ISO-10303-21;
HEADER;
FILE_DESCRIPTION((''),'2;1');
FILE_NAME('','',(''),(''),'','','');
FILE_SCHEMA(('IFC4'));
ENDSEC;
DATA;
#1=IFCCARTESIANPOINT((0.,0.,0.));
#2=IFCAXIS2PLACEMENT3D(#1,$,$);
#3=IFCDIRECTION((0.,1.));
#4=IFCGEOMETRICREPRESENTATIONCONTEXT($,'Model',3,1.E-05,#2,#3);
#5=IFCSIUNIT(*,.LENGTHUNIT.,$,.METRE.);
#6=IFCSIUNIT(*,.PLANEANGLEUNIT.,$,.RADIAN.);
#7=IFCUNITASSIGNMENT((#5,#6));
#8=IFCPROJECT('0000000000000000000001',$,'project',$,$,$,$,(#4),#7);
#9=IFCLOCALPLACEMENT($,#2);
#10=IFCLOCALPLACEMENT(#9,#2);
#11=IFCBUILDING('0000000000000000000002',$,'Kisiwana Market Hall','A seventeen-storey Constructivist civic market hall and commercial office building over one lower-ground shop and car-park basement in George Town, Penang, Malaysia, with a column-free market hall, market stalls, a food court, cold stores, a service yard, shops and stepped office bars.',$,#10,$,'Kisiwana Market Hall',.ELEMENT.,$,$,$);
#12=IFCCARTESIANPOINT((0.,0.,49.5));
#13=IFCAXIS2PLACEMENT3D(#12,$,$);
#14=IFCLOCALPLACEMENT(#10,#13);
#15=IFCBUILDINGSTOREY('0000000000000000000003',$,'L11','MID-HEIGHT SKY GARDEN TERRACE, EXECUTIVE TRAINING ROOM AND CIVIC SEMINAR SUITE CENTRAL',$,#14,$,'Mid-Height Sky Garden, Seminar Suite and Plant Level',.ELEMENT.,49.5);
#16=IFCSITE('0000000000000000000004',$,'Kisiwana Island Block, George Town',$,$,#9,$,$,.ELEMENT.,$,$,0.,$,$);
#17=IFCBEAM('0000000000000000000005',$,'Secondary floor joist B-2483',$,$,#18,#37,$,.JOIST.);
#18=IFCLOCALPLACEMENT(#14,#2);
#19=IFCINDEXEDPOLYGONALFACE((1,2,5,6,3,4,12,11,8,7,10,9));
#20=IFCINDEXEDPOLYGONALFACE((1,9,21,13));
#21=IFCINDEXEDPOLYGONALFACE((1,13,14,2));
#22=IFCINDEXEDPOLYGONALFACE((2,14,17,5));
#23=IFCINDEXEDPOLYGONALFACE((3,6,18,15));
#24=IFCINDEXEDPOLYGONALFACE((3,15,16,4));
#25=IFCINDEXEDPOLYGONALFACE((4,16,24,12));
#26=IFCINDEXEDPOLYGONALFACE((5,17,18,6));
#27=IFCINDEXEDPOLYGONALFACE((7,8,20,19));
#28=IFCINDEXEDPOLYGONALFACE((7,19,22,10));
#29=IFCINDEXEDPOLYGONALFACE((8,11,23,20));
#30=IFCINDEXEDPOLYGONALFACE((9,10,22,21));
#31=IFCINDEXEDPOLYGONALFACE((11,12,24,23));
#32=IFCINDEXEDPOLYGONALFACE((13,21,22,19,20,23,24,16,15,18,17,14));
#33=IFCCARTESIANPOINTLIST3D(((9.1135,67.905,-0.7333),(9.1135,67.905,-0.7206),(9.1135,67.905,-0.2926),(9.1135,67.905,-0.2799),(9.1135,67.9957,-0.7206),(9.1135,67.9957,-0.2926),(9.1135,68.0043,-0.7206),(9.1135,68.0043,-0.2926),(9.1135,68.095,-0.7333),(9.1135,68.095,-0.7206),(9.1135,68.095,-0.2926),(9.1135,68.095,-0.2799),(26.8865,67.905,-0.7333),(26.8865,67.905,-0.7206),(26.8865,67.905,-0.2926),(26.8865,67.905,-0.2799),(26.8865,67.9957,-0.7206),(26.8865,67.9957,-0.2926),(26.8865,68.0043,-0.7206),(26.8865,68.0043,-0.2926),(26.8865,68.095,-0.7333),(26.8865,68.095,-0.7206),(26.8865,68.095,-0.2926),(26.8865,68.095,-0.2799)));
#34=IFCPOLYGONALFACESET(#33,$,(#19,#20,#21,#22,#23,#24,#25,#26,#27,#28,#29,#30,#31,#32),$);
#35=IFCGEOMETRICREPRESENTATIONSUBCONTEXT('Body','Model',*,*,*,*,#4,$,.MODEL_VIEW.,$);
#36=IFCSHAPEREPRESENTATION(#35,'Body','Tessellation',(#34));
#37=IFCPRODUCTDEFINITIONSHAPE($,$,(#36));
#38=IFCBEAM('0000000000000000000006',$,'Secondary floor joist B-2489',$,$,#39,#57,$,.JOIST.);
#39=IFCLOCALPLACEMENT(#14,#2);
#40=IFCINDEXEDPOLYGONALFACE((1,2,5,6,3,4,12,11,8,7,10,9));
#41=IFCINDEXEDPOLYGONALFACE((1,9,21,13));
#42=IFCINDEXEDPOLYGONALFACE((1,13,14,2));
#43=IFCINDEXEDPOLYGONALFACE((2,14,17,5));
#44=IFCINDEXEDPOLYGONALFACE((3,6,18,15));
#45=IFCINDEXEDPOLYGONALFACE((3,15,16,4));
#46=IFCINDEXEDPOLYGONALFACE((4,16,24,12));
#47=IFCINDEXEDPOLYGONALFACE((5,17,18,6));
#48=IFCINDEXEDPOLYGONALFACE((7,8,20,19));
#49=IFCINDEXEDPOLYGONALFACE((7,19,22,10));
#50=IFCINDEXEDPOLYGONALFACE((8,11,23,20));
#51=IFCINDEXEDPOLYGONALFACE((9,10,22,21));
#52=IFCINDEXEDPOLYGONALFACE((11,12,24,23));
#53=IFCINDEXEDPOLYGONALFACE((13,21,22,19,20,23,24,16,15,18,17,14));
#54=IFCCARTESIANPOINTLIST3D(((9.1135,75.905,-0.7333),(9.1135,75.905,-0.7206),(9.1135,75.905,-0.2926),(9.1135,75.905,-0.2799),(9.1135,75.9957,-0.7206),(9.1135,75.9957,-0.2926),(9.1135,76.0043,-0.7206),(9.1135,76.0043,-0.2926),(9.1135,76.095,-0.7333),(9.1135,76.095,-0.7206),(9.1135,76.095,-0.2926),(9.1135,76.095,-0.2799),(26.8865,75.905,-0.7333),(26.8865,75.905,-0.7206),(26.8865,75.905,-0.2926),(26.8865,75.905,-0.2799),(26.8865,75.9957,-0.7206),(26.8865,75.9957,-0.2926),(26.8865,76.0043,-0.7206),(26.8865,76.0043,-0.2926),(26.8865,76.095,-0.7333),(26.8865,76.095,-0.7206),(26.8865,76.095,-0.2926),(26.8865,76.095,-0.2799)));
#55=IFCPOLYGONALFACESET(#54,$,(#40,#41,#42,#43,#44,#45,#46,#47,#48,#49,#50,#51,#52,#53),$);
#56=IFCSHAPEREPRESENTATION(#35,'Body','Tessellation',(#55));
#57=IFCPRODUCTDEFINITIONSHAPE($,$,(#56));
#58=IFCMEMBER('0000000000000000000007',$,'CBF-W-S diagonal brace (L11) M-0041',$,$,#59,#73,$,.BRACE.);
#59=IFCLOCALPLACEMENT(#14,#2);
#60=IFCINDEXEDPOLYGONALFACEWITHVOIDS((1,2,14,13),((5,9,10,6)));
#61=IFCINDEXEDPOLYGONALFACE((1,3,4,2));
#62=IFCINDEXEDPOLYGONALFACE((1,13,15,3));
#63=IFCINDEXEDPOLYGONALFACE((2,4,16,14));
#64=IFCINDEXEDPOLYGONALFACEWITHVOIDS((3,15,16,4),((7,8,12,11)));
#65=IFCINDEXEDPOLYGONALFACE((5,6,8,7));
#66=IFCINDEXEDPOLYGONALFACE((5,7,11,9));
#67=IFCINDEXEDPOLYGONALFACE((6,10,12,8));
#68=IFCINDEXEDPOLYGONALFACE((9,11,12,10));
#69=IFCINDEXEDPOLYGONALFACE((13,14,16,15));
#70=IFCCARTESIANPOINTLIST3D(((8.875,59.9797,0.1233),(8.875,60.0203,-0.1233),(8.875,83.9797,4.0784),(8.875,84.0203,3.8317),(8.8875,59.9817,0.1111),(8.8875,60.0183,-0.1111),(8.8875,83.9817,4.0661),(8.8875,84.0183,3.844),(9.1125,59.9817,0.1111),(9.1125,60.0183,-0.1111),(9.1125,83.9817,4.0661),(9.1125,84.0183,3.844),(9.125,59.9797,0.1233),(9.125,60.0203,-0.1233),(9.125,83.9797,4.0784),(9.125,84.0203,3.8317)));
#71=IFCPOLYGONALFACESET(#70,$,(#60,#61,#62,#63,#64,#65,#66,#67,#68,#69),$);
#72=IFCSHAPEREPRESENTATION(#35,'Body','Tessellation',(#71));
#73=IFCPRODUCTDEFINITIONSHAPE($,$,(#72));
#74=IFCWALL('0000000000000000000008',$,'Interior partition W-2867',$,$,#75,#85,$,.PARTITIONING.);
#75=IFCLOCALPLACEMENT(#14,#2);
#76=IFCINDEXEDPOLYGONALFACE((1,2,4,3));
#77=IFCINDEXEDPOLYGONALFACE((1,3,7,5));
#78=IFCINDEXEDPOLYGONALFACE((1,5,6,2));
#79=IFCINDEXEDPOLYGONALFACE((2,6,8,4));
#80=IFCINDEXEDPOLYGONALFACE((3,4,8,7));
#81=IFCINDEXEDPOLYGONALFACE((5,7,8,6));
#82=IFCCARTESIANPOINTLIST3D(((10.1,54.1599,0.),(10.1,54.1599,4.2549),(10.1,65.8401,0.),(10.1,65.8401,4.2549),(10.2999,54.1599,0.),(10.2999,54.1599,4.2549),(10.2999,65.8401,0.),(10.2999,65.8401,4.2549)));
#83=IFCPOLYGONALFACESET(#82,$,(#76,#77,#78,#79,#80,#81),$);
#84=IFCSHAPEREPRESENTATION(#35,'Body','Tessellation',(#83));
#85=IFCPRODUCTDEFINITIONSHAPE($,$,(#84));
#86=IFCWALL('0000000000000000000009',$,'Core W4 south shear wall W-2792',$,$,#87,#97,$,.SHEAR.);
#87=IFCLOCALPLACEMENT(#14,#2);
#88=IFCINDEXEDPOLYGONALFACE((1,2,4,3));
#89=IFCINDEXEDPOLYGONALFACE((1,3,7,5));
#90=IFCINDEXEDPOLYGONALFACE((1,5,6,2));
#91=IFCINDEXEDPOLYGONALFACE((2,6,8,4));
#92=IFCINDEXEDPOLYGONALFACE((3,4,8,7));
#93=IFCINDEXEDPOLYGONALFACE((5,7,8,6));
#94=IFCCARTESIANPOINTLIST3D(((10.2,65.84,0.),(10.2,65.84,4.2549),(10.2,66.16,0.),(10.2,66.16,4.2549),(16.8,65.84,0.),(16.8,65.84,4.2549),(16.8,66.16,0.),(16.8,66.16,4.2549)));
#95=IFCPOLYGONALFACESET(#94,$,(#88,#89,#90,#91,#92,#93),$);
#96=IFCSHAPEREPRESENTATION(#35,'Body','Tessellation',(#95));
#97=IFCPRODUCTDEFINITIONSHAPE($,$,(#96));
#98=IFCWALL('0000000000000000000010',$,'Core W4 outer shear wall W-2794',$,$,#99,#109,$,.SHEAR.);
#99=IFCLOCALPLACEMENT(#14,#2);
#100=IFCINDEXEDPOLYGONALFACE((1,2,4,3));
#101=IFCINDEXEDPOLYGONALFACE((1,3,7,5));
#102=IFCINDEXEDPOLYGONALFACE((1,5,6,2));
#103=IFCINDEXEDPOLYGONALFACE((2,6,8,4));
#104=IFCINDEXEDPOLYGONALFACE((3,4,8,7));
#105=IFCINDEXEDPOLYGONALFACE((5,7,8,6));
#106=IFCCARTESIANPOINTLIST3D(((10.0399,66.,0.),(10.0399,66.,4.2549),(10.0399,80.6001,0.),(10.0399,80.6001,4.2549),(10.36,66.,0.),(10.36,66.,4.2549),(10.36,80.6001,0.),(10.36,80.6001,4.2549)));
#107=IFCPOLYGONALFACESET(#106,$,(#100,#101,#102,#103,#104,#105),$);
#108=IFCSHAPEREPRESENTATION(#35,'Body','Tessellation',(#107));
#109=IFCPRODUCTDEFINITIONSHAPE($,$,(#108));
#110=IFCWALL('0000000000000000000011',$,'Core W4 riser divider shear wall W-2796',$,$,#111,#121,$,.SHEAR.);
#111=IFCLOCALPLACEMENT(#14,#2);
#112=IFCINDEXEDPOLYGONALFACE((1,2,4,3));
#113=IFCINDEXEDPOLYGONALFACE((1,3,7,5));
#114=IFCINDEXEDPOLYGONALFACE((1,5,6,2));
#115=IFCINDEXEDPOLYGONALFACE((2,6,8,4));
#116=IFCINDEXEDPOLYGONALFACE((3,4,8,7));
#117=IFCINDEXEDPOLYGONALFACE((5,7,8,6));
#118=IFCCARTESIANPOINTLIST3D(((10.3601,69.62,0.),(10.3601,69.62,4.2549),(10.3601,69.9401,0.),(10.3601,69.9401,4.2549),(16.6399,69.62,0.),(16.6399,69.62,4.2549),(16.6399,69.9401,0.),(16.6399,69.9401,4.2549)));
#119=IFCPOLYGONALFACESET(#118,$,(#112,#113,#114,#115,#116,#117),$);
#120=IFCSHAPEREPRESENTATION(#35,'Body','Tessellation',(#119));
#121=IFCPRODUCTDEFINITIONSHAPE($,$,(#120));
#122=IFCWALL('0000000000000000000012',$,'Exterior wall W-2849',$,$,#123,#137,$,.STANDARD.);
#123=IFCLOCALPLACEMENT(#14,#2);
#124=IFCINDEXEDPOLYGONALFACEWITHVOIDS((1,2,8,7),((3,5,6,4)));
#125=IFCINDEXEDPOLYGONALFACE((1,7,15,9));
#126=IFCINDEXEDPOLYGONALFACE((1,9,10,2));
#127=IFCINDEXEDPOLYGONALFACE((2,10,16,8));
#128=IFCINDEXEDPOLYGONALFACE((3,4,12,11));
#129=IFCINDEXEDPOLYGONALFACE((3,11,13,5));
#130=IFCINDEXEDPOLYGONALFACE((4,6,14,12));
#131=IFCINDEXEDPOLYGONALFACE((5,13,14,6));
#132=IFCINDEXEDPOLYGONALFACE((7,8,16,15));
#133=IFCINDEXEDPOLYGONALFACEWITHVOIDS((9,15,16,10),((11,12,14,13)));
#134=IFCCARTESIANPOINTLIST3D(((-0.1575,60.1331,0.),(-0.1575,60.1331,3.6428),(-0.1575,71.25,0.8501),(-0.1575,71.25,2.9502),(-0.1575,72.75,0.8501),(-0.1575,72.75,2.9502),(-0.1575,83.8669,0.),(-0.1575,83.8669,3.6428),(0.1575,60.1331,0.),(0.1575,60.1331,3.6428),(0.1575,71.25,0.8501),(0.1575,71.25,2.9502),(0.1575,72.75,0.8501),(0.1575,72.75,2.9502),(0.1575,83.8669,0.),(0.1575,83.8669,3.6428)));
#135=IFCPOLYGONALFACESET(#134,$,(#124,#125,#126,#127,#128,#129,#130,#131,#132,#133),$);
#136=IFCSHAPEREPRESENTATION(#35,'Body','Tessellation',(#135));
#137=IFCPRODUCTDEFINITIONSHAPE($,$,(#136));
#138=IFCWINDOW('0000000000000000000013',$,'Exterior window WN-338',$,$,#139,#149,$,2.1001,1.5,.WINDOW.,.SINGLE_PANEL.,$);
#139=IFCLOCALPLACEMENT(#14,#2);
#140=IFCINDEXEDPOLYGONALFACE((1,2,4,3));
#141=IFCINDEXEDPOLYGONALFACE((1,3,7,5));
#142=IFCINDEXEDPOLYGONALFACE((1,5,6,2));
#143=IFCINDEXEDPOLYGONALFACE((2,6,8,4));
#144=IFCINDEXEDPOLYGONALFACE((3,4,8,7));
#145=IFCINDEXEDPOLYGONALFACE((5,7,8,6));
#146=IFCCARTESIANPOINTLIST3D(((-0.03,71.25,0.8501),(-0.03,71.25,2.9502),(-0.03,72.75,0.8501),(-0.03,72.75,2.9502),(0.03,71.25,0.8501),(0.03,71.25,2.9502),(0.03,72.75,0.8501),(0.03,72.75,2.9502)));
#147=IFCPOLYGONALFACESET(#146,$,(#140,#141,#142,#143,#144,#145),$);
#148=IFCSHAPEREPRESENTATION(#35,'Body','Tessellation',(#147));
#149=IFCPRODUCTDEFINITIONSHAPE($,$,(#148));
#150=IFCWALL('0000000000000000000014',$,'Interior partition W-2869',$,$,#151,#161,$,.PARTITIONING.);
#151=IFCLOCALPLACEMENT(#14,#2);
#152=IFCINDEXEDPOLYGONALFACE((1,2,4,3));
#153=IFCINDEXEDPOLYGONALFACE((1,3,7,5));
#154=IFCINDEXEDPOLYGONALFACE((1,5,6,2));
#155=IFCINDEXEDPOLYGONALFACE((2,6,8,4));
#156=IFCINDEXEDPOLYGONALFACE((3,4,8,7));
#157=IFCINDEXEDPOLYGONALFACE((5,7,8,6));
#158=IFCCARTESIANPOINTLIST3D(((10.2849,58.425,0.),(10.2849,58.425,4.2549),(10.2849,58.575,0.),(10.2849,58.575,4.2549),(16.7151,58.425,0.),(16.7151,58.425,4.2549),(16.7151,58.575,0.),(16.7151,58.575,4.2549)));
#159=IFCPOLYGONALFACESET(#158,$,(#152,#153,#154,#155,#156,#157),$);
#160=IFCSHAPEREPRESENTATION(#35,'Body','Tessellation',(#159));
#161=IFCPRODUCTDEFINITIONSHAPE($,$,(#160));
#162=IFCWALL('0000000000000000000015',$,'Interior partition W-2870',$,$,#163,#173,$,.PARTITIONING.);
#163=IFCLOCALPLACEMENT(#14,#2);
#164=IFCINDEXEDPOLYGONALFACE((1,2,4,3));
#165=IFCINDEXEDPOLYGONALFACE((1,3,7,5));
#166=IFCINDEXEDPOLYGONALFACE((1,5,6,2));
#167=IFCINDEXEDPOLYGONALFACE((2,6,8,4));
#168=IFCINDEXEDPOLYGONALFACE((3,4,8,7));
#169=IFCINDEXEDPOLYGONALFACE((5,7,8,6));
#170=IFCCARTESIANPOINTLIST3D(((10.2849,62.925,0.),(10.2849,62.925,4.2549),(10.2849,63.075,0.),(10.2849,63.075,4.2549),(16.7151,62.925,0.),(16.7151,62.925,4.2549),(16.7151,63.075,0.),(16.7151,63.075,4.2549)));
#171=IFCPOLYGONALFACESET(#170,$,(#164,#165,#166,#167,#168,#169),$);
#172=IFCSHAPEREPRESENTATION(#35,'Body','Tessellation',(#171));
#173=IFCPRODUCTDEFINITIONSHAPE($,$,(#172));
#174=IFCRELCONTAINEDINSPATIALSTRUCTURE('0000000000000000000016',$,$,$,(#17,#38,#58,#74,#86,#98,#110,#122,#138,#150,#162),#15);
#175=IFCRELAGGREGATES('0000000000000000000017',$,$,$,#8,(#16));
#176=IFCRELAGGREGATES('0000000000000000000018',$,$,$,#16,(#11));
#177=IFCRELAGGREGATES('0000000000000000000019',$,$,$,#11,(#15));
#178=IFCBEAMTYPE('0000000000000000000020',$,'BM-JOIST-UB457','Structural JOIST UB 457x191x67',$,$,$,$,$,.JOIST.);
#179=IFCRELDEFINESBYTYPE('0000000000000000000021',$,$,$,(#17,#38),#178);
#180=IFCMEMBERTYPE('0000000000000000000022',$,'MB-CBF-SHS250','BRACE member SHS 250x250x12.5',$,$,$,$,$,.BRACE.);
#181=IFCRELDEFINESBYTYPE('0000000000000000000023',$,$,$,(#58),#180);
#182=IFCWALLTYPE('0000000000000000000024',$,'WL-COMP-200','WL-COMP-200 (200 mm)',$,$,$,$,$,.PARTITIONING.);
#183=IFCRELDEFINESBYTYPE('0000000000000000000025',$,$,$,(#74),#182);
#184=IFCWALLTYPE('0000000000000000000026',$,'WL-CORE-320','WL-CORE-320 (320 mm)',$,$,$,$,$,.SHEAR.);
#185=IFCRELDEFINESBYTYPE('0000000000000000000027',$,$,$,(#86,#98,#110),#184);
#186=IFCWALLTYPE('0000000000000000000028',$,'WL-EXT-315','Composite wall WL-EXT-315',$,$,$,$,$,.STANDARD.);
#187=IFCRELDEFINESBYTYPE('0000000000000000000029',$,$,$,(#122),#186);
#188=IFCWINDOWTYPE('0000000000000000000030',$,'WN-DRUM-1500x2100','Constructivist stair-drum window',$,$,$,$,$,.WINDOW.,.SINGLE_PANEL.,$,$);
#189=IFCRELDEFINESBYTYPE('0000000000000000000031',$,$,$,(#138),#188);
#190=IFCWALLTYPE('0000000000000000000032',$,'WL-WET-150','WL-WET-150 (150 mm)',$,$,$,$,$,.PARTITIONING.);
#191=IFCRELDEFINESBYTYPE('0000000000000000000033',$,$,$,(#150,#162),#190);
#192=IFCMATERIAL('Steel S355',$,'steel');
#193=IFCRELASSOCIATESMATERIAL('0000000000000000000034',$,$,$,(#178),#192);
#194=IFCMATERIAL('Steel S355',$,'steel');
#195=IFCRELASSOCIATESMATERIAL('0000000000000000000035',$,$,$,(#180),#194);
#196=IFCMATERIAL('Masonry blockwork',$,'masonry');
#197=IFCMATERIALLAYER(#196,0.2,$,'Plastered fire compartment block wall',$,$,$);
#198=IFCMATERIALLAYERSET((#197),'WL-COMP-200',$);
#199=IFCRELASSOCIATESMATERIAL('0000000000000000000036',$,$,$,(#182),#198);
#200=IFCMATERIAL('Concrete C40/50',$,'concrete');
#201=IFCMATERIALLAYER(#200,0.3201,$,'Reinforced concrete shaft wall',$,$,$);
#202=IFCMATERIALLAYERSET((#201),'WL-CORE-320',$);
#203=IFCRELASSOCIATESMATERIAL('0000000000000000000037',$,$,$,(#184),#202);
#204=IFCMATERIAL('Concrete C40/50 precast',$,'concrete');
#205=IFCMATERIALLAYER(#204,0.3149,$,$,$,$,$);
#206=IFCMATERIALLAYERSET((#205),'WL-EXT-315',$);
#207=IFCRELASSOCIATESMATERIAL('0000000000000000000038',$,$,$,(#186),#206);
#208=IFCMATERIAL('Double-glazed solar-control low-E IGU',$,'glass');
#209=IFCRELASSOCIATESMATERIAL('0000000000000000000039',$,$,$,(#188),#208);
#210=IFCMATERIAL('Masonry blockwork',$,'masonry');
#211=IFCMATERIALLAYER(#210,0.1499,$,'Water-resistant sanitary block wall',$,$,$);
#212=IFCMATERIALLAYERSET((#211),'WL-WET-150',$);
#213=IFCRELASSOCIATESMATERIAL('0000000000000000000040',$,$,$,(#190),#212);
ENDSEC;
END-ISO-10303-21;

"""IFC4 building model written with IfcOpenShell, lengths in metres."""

from ifc_helpers import new_model, si_unit, direction, frame, frame_2d, origin, origin_2d, place, context, subcontext, project, spatial, rectangle, hollow_rectangle, i_section, extrude, material, layer, layer_set, material_profile, profile_set, type_object, element, fill, save


model = new_model("IFC4")

# Units and contexts
model_context = context("Model", 3, precision=1e-05, world=origin(), true_north=direction((0.0, 1.0)))
body_context = subcontext(model_context, "Body", "Model", "MODEL_VIEW")
ifc_project = project(units=[si_unit("LENGTHUNIT", "METRE"), si_unit("PLANEANGLEUNIT", "RADIAN")], contexts=[model_context])

# Site, building, storey
site_placement = place(None, origin())
site = spatial("IfcSite", under=ifc_project, at=site_placement, Name="Kisiwana Island Block, George Town", CompositionType="ELEMENT", RefElevation=0.0)
building_placement = place(site_placement, origin())
building = spatial("IfcBuilding", under=site, at=building_placement, Name="Kisiwana Market Hall", Description="A seventeen-storey Constructivist civic market hall and commercial office building over one lower-ground shop and car-park basement in George Town, Penang, Malaysia, with a column-free market hall, market stalls, a food court, cold stores, a service yard, shops and stepped office bars.", LongName="Kisiwana Market Hall", CompositionType="ELEMENT")
storey_placement = place(building_placement, frame((0.0, 0.0, 49.5)))
storey = spatial("IfcBuildingStorey", under=building, at=storey_placement, Name="L11", Description="MID-HEIGHT SKY GARDEN TERRACE, EXECUTIVE TRAINING ROOM AND CIVIC SEMINAR SUITE CENTRAL", LongName="Mid-Height Sky Garden, Seminar Suite and Plant Level", CompositionType="ELEMENT", Elevation=49.5)

# Beams
ifc_material_1 = material(Name="Steel S355", Category="steel")
ifc_material_profile_1 = material_profile(ifc_material_1, i_section(OverallWidth=0.1899, OverallDepth=0.4534, WebThickness=0.0085, FlangeThickness=0.0127, at=origin_2d()), Name="UB 457x191x67")
ifc_profile_set_1 = profile_set([ifc_material_profile_1], Name="Steel S355")
beam_type_1 = type_object("IfcBeamType", Name="BM-JOIST-UB457", Description="Structural JOIST UB 457x191x67", PredefinedType="JOIST", material=ifc_profile_set_1)
for number, where, z_axis, x_axis, name in (
    (1, (9.1135, 68.0, -0.5066), (1.0, 0.0, 0.0), (0.0, 1.0, 0.0), "Secondary floor joist B-2483"),
    (2, (9.1135, 76.0, -0.5066), (1.0, 0.0, 0.0), (0.0, 1.0, 0.0), "Secondary floor joist B-2489"),
):
    element("IfcBeam", number, at=place(storey_placement, frame(where, z_axis=z_axis, x_axis=x_axis)), inside=storey, type_object=beam_type_1, Name=name, PredefinedType="JOIST", context=body_context, shape_type="SweptSolid", body=[
        extrude(i_section(OverallWidth=0.1899, OverallDepth=0.4534, WebThickness=0.0085, FlangeThickness=0.0127, at=origin_2d()), origin(), (0.0, 0.0, 1.0), 17.7729),
    ])

# Member
ifc_material_2 = material(Name="Steel S355", Category="steel")
ifc_material_profile_2 = material_profile(ifc_material_2, hollow_rectangle(XDim=0.25, YDim=0.25, WallThickness=0.0125, at=origin_2d()), Name="SHS 250x250x12.5")
ifc_profile_set_2 = profile_set([ifc_material_profile_2], Name="Steel S355")
member_type = type_object("IfcMemberType", Name="MB-CBF-SHS250", Description="BRACE member SHS 250x250x12.5", PredefinedType="BRACE", material=ifc_profile_set_2)
member_placement = place(storey_placement, frame((9.0, 60.0, 0.0), z_axis=(0.0, 0.986692, 0.162602), x_axis=(-1.0, 0.0, 0.0)))
element("IfcMember", 3, at=member_placement, inside=storey, type_object=member_type, Name="CBF-W-S diagonal brace (L11) M-0041", PredefinedType="BRACE", context=body_context, shape_type="SweptSolid", body=[
    extrude(hollow_rectangle(XDim=0.25, YDim=0.25, WallThickness=0.0125, at=origin_2d()), origin(), (0.0, 0.0, 1.0), 24.3237),
])

# Walls
ifc_material_3 = material(Name="Masonry blockwork", Category="masonry")
ifc_layer_1 = layer(ifc_material_3, 0.2, Name="Plastered fire compartment block wall")
ifc_layer_set_1 = layer_set([ifc_layer_1], Name="WL-COMP-200")
wall_type_1 = type_object("IfcWallType", Name="WL-COMP-200", Description="WL-COMP-200 (200 mm)", PredefinedType="PARTITIONING", material=ifc_layer_set_1)
wall_1_placement = place(storey_placement, frame((10.2, 54.1599, 0.0), z_axis=(0.0, 0.0, 1.0), x_axis=(0.0, 1.0, 0.0)))
element("IfcWall", 4, at=wall_1_placement, inside=storey, type_object=wall_type_1, Name="Interior partition W-2867", PredefinedType="PARTITIONING", context=body_context, shape_type="SweptSolid", body=[
    extrude(rectangle(XDim=11.6802, YDim=0.2, at=frame_2d((5.8401, 0.0))), origin(), (0.0, 0.0, 1.0), 4.2549),
])
ifc_material_4 = material(Name="Concrete C40/50", Category="concrete")
ifc_layer_2 = layer(ifc_material_4, 0.3201, Name="Reinforced concrete shaft wall")
ifc_layer_set_2 = layer_set([ifc_layer_2], Name="WL-CORE-320")
wall_type_2 = type_object("IfcWallType", Name="WL-CORE-320", Description="WL-CORE-320 (320 mm)", PredefinedType="SHEAR", material=ifc_layer_set_2)
wall_2_placement = place(storey_placement, frame((10.2, 66.0, 0.0), z_axis=(0.0, 0.0, 1.0), x_axis=(1.0, 0.0, 0.0)))
element("IfcWall", 5, at=wall_2_placement, inside=storey, type_object=wall_type_2, Name="Core W4 south shear wall W-2792", PredefinedType="SHEAR", context=body_context, shape_type="SweptSolid", body=[
    extrude(rectangle(XDim=6.6001, YDim=0.3201, at=frame_2d((3.3, 0.0))), origin(), (0.0, 0.0, 1.0), 4.2549),
])
wall_3_placement = place(storey_placement, frame((10.2, 66.0, 0.0), z_axis=(0.0, 0.0, 1.0), x_axis=(0.0, 1.0, 0.0)))
element("IfcWall", 6, at=wall_3_placement, inside=storey, type_object=wall_type_2, Name="Core W4 outer shear wall W-2794", PredefinedType="SHEAR", context=body_context, shape_type="SweptSolid", body=[
    extrude(rectangle(XDim=14.6001, YDim=0.3201, at=frame_2d((7.3, 0.0))), origin(), (0.0, 0.0, 1.0), 4.2549),
])
wall_4_placement = place(storey_placement, frame((10.3601, 69.78, 0.0), z_axis=(0.0, 0.0, 1.0), x_axis=(1.0, 0.0, 0.0)))
element("IfcWall", 7, at=wall_4_placement, inside=storey, type_object=wall_type_2, Name="Core W4 riser divider shear wall W-2796", PredefinedType="SHEAR", context=body_context, shape_type="SweptSolid", body=[
    extrude(rectangle(XDim=6.2798, YDim=0.3201, at=frame_2d((3.1399, 0.0))), origin(), (0.0, 0.0, 1.0), 4.2549),
])

# Wall, opening, window
ifc_material_5 = material(Name="Concrete C40/50 precast", Category="concrete")
ifc_layer_3 = layer(ifc_material_5, 0.3149)
ifc_layer_set_3 = layer_set([ifc_layer_3], Name="WL-EXT-315")
wall_type_3 = type_object("IfcWallType", Name="WL-EXT-315", Description="Composite wall WL-EXT-315", PredefinedType="STANDARD", material=ifc_layer_set_3)
wall_5_placement = place(storey_placement, frame((0.0, 60.1331, 0.0), z_axis=(0.0, 0.0, 1.0), x_axis=(0.0, 1.0, 0.0)))
wall_5 = element("IfcWall", 8, at=wall_5_placement, inside=storey, type_object=wall_type_3, Name="Exterior wall W-2849", PredefinedType="STANDARD", context=body_context, shape_type="SweptSolid", body=[
    extrude(rectangle(XDim=23.7339, YDim=0.3149, at=frame_2d((11.8669, 0.0))), origin(), (0.0, 0.0, 1.0), 3.6428),
])
opening_placement = place(wall_5_placement, frame((11.1169, 0.0, 0.8501)))
opening = element("IfcOpeningElement", 9, at=opening_placement, cuts=wall_5, PredefinedType="OPENING", context=body_context, shape_type="SweptSolid", body=[
    extrude(rectangle(XDim=1.5, YDim=2.1001, at=frame_2d((0.75, 1.05))), frame((0.0, 0.1694, 0.0), z_axis=(0.0, -1.0, 0.0), x_axis=(1.0, 0.0, 0.0)), (0.0, 0.0, 1.0), 0.3389),
])
ifc_material_6 = material(Name="Double-glazed solar-control low-E IGU", Category="glass")
window_type = type_object("IfcWindowType", Name="WN-DRUM-1500x2100", Description="Constructivist stair-drum window", PartitioningType="SINGLE_PANEL", PredefinedType="WINDOW", material=ifc_material_6)
window_placement = place(opening_placement, origin())
window = element("IfcWindow", 10, at=window_placement, inside=storey, type_object=window_type, Name="Exterior window WN-338", OverallHeight=2.1001, OverallWidth=1.5, PartitioningType="SINGLE_PANEL", PredefinedType="WINDOW", context=body_context, shape_type="SweptSolid", body=[
    extrude(rectangle(XDim=1.5, YDim=2.1001, at=frame_2d((0.75, 1.05))), frame((0.0, 0.03, 0.0), z_axis=(0.0, -1.0, 0.0), x_axis=(1.0, 0.0, 0.0)), (0.0, 0.0, 1.0), 0.0601),
])
fill(opening, window)

# Walls
ifc_material_7 = material(Name="Masonry blockwork", Category="masonry")
ifc_layer_4 = layer(ifc_material_7, 0.1499, Name="Water-resistant sanitary block wall")
ifc_layer_set_4 = layer_set([ifc_layer_4], Name="WL-WET-150")
wall_type_4 = type_object("IfcWallType", Name="WL-WET-150", Description="WL-WET-150 (150 mm)", PredefinedType="PARTITIONING", material=ifc_layer_set_4)
for number, where, z_axis, x_axis, name in (
    (11, (10.2849, 58.5, 0.0), (0.0, 0.0, 1.0), (1.0, 0.0, 0.0), "Interior partition W-2869"),
    (12, (10.2849, 63.0, 0.0), (0.0, 0.0, 1.0), (1.0, 0.0, 0.0), "Interior partition W-2870"),
):
    element("IfcWall", number, at=place(storey_placement, frame(where, z_axis=z_axis, x_axis=x_axis)), inside=storey, type_object=wall_type_4, Name=name, PredefinedType="PARTITIONING", context=body_context, shape_type="SweptSolid", body=[
        extrude(rectangle(XDim=6.4302, YDim=0.1499, at=frame_2d((3.2151, 0.0))), origin(), (0.0, 0.0, 1.0), 4.2549),
    ])

save(model, "model.ifc")
